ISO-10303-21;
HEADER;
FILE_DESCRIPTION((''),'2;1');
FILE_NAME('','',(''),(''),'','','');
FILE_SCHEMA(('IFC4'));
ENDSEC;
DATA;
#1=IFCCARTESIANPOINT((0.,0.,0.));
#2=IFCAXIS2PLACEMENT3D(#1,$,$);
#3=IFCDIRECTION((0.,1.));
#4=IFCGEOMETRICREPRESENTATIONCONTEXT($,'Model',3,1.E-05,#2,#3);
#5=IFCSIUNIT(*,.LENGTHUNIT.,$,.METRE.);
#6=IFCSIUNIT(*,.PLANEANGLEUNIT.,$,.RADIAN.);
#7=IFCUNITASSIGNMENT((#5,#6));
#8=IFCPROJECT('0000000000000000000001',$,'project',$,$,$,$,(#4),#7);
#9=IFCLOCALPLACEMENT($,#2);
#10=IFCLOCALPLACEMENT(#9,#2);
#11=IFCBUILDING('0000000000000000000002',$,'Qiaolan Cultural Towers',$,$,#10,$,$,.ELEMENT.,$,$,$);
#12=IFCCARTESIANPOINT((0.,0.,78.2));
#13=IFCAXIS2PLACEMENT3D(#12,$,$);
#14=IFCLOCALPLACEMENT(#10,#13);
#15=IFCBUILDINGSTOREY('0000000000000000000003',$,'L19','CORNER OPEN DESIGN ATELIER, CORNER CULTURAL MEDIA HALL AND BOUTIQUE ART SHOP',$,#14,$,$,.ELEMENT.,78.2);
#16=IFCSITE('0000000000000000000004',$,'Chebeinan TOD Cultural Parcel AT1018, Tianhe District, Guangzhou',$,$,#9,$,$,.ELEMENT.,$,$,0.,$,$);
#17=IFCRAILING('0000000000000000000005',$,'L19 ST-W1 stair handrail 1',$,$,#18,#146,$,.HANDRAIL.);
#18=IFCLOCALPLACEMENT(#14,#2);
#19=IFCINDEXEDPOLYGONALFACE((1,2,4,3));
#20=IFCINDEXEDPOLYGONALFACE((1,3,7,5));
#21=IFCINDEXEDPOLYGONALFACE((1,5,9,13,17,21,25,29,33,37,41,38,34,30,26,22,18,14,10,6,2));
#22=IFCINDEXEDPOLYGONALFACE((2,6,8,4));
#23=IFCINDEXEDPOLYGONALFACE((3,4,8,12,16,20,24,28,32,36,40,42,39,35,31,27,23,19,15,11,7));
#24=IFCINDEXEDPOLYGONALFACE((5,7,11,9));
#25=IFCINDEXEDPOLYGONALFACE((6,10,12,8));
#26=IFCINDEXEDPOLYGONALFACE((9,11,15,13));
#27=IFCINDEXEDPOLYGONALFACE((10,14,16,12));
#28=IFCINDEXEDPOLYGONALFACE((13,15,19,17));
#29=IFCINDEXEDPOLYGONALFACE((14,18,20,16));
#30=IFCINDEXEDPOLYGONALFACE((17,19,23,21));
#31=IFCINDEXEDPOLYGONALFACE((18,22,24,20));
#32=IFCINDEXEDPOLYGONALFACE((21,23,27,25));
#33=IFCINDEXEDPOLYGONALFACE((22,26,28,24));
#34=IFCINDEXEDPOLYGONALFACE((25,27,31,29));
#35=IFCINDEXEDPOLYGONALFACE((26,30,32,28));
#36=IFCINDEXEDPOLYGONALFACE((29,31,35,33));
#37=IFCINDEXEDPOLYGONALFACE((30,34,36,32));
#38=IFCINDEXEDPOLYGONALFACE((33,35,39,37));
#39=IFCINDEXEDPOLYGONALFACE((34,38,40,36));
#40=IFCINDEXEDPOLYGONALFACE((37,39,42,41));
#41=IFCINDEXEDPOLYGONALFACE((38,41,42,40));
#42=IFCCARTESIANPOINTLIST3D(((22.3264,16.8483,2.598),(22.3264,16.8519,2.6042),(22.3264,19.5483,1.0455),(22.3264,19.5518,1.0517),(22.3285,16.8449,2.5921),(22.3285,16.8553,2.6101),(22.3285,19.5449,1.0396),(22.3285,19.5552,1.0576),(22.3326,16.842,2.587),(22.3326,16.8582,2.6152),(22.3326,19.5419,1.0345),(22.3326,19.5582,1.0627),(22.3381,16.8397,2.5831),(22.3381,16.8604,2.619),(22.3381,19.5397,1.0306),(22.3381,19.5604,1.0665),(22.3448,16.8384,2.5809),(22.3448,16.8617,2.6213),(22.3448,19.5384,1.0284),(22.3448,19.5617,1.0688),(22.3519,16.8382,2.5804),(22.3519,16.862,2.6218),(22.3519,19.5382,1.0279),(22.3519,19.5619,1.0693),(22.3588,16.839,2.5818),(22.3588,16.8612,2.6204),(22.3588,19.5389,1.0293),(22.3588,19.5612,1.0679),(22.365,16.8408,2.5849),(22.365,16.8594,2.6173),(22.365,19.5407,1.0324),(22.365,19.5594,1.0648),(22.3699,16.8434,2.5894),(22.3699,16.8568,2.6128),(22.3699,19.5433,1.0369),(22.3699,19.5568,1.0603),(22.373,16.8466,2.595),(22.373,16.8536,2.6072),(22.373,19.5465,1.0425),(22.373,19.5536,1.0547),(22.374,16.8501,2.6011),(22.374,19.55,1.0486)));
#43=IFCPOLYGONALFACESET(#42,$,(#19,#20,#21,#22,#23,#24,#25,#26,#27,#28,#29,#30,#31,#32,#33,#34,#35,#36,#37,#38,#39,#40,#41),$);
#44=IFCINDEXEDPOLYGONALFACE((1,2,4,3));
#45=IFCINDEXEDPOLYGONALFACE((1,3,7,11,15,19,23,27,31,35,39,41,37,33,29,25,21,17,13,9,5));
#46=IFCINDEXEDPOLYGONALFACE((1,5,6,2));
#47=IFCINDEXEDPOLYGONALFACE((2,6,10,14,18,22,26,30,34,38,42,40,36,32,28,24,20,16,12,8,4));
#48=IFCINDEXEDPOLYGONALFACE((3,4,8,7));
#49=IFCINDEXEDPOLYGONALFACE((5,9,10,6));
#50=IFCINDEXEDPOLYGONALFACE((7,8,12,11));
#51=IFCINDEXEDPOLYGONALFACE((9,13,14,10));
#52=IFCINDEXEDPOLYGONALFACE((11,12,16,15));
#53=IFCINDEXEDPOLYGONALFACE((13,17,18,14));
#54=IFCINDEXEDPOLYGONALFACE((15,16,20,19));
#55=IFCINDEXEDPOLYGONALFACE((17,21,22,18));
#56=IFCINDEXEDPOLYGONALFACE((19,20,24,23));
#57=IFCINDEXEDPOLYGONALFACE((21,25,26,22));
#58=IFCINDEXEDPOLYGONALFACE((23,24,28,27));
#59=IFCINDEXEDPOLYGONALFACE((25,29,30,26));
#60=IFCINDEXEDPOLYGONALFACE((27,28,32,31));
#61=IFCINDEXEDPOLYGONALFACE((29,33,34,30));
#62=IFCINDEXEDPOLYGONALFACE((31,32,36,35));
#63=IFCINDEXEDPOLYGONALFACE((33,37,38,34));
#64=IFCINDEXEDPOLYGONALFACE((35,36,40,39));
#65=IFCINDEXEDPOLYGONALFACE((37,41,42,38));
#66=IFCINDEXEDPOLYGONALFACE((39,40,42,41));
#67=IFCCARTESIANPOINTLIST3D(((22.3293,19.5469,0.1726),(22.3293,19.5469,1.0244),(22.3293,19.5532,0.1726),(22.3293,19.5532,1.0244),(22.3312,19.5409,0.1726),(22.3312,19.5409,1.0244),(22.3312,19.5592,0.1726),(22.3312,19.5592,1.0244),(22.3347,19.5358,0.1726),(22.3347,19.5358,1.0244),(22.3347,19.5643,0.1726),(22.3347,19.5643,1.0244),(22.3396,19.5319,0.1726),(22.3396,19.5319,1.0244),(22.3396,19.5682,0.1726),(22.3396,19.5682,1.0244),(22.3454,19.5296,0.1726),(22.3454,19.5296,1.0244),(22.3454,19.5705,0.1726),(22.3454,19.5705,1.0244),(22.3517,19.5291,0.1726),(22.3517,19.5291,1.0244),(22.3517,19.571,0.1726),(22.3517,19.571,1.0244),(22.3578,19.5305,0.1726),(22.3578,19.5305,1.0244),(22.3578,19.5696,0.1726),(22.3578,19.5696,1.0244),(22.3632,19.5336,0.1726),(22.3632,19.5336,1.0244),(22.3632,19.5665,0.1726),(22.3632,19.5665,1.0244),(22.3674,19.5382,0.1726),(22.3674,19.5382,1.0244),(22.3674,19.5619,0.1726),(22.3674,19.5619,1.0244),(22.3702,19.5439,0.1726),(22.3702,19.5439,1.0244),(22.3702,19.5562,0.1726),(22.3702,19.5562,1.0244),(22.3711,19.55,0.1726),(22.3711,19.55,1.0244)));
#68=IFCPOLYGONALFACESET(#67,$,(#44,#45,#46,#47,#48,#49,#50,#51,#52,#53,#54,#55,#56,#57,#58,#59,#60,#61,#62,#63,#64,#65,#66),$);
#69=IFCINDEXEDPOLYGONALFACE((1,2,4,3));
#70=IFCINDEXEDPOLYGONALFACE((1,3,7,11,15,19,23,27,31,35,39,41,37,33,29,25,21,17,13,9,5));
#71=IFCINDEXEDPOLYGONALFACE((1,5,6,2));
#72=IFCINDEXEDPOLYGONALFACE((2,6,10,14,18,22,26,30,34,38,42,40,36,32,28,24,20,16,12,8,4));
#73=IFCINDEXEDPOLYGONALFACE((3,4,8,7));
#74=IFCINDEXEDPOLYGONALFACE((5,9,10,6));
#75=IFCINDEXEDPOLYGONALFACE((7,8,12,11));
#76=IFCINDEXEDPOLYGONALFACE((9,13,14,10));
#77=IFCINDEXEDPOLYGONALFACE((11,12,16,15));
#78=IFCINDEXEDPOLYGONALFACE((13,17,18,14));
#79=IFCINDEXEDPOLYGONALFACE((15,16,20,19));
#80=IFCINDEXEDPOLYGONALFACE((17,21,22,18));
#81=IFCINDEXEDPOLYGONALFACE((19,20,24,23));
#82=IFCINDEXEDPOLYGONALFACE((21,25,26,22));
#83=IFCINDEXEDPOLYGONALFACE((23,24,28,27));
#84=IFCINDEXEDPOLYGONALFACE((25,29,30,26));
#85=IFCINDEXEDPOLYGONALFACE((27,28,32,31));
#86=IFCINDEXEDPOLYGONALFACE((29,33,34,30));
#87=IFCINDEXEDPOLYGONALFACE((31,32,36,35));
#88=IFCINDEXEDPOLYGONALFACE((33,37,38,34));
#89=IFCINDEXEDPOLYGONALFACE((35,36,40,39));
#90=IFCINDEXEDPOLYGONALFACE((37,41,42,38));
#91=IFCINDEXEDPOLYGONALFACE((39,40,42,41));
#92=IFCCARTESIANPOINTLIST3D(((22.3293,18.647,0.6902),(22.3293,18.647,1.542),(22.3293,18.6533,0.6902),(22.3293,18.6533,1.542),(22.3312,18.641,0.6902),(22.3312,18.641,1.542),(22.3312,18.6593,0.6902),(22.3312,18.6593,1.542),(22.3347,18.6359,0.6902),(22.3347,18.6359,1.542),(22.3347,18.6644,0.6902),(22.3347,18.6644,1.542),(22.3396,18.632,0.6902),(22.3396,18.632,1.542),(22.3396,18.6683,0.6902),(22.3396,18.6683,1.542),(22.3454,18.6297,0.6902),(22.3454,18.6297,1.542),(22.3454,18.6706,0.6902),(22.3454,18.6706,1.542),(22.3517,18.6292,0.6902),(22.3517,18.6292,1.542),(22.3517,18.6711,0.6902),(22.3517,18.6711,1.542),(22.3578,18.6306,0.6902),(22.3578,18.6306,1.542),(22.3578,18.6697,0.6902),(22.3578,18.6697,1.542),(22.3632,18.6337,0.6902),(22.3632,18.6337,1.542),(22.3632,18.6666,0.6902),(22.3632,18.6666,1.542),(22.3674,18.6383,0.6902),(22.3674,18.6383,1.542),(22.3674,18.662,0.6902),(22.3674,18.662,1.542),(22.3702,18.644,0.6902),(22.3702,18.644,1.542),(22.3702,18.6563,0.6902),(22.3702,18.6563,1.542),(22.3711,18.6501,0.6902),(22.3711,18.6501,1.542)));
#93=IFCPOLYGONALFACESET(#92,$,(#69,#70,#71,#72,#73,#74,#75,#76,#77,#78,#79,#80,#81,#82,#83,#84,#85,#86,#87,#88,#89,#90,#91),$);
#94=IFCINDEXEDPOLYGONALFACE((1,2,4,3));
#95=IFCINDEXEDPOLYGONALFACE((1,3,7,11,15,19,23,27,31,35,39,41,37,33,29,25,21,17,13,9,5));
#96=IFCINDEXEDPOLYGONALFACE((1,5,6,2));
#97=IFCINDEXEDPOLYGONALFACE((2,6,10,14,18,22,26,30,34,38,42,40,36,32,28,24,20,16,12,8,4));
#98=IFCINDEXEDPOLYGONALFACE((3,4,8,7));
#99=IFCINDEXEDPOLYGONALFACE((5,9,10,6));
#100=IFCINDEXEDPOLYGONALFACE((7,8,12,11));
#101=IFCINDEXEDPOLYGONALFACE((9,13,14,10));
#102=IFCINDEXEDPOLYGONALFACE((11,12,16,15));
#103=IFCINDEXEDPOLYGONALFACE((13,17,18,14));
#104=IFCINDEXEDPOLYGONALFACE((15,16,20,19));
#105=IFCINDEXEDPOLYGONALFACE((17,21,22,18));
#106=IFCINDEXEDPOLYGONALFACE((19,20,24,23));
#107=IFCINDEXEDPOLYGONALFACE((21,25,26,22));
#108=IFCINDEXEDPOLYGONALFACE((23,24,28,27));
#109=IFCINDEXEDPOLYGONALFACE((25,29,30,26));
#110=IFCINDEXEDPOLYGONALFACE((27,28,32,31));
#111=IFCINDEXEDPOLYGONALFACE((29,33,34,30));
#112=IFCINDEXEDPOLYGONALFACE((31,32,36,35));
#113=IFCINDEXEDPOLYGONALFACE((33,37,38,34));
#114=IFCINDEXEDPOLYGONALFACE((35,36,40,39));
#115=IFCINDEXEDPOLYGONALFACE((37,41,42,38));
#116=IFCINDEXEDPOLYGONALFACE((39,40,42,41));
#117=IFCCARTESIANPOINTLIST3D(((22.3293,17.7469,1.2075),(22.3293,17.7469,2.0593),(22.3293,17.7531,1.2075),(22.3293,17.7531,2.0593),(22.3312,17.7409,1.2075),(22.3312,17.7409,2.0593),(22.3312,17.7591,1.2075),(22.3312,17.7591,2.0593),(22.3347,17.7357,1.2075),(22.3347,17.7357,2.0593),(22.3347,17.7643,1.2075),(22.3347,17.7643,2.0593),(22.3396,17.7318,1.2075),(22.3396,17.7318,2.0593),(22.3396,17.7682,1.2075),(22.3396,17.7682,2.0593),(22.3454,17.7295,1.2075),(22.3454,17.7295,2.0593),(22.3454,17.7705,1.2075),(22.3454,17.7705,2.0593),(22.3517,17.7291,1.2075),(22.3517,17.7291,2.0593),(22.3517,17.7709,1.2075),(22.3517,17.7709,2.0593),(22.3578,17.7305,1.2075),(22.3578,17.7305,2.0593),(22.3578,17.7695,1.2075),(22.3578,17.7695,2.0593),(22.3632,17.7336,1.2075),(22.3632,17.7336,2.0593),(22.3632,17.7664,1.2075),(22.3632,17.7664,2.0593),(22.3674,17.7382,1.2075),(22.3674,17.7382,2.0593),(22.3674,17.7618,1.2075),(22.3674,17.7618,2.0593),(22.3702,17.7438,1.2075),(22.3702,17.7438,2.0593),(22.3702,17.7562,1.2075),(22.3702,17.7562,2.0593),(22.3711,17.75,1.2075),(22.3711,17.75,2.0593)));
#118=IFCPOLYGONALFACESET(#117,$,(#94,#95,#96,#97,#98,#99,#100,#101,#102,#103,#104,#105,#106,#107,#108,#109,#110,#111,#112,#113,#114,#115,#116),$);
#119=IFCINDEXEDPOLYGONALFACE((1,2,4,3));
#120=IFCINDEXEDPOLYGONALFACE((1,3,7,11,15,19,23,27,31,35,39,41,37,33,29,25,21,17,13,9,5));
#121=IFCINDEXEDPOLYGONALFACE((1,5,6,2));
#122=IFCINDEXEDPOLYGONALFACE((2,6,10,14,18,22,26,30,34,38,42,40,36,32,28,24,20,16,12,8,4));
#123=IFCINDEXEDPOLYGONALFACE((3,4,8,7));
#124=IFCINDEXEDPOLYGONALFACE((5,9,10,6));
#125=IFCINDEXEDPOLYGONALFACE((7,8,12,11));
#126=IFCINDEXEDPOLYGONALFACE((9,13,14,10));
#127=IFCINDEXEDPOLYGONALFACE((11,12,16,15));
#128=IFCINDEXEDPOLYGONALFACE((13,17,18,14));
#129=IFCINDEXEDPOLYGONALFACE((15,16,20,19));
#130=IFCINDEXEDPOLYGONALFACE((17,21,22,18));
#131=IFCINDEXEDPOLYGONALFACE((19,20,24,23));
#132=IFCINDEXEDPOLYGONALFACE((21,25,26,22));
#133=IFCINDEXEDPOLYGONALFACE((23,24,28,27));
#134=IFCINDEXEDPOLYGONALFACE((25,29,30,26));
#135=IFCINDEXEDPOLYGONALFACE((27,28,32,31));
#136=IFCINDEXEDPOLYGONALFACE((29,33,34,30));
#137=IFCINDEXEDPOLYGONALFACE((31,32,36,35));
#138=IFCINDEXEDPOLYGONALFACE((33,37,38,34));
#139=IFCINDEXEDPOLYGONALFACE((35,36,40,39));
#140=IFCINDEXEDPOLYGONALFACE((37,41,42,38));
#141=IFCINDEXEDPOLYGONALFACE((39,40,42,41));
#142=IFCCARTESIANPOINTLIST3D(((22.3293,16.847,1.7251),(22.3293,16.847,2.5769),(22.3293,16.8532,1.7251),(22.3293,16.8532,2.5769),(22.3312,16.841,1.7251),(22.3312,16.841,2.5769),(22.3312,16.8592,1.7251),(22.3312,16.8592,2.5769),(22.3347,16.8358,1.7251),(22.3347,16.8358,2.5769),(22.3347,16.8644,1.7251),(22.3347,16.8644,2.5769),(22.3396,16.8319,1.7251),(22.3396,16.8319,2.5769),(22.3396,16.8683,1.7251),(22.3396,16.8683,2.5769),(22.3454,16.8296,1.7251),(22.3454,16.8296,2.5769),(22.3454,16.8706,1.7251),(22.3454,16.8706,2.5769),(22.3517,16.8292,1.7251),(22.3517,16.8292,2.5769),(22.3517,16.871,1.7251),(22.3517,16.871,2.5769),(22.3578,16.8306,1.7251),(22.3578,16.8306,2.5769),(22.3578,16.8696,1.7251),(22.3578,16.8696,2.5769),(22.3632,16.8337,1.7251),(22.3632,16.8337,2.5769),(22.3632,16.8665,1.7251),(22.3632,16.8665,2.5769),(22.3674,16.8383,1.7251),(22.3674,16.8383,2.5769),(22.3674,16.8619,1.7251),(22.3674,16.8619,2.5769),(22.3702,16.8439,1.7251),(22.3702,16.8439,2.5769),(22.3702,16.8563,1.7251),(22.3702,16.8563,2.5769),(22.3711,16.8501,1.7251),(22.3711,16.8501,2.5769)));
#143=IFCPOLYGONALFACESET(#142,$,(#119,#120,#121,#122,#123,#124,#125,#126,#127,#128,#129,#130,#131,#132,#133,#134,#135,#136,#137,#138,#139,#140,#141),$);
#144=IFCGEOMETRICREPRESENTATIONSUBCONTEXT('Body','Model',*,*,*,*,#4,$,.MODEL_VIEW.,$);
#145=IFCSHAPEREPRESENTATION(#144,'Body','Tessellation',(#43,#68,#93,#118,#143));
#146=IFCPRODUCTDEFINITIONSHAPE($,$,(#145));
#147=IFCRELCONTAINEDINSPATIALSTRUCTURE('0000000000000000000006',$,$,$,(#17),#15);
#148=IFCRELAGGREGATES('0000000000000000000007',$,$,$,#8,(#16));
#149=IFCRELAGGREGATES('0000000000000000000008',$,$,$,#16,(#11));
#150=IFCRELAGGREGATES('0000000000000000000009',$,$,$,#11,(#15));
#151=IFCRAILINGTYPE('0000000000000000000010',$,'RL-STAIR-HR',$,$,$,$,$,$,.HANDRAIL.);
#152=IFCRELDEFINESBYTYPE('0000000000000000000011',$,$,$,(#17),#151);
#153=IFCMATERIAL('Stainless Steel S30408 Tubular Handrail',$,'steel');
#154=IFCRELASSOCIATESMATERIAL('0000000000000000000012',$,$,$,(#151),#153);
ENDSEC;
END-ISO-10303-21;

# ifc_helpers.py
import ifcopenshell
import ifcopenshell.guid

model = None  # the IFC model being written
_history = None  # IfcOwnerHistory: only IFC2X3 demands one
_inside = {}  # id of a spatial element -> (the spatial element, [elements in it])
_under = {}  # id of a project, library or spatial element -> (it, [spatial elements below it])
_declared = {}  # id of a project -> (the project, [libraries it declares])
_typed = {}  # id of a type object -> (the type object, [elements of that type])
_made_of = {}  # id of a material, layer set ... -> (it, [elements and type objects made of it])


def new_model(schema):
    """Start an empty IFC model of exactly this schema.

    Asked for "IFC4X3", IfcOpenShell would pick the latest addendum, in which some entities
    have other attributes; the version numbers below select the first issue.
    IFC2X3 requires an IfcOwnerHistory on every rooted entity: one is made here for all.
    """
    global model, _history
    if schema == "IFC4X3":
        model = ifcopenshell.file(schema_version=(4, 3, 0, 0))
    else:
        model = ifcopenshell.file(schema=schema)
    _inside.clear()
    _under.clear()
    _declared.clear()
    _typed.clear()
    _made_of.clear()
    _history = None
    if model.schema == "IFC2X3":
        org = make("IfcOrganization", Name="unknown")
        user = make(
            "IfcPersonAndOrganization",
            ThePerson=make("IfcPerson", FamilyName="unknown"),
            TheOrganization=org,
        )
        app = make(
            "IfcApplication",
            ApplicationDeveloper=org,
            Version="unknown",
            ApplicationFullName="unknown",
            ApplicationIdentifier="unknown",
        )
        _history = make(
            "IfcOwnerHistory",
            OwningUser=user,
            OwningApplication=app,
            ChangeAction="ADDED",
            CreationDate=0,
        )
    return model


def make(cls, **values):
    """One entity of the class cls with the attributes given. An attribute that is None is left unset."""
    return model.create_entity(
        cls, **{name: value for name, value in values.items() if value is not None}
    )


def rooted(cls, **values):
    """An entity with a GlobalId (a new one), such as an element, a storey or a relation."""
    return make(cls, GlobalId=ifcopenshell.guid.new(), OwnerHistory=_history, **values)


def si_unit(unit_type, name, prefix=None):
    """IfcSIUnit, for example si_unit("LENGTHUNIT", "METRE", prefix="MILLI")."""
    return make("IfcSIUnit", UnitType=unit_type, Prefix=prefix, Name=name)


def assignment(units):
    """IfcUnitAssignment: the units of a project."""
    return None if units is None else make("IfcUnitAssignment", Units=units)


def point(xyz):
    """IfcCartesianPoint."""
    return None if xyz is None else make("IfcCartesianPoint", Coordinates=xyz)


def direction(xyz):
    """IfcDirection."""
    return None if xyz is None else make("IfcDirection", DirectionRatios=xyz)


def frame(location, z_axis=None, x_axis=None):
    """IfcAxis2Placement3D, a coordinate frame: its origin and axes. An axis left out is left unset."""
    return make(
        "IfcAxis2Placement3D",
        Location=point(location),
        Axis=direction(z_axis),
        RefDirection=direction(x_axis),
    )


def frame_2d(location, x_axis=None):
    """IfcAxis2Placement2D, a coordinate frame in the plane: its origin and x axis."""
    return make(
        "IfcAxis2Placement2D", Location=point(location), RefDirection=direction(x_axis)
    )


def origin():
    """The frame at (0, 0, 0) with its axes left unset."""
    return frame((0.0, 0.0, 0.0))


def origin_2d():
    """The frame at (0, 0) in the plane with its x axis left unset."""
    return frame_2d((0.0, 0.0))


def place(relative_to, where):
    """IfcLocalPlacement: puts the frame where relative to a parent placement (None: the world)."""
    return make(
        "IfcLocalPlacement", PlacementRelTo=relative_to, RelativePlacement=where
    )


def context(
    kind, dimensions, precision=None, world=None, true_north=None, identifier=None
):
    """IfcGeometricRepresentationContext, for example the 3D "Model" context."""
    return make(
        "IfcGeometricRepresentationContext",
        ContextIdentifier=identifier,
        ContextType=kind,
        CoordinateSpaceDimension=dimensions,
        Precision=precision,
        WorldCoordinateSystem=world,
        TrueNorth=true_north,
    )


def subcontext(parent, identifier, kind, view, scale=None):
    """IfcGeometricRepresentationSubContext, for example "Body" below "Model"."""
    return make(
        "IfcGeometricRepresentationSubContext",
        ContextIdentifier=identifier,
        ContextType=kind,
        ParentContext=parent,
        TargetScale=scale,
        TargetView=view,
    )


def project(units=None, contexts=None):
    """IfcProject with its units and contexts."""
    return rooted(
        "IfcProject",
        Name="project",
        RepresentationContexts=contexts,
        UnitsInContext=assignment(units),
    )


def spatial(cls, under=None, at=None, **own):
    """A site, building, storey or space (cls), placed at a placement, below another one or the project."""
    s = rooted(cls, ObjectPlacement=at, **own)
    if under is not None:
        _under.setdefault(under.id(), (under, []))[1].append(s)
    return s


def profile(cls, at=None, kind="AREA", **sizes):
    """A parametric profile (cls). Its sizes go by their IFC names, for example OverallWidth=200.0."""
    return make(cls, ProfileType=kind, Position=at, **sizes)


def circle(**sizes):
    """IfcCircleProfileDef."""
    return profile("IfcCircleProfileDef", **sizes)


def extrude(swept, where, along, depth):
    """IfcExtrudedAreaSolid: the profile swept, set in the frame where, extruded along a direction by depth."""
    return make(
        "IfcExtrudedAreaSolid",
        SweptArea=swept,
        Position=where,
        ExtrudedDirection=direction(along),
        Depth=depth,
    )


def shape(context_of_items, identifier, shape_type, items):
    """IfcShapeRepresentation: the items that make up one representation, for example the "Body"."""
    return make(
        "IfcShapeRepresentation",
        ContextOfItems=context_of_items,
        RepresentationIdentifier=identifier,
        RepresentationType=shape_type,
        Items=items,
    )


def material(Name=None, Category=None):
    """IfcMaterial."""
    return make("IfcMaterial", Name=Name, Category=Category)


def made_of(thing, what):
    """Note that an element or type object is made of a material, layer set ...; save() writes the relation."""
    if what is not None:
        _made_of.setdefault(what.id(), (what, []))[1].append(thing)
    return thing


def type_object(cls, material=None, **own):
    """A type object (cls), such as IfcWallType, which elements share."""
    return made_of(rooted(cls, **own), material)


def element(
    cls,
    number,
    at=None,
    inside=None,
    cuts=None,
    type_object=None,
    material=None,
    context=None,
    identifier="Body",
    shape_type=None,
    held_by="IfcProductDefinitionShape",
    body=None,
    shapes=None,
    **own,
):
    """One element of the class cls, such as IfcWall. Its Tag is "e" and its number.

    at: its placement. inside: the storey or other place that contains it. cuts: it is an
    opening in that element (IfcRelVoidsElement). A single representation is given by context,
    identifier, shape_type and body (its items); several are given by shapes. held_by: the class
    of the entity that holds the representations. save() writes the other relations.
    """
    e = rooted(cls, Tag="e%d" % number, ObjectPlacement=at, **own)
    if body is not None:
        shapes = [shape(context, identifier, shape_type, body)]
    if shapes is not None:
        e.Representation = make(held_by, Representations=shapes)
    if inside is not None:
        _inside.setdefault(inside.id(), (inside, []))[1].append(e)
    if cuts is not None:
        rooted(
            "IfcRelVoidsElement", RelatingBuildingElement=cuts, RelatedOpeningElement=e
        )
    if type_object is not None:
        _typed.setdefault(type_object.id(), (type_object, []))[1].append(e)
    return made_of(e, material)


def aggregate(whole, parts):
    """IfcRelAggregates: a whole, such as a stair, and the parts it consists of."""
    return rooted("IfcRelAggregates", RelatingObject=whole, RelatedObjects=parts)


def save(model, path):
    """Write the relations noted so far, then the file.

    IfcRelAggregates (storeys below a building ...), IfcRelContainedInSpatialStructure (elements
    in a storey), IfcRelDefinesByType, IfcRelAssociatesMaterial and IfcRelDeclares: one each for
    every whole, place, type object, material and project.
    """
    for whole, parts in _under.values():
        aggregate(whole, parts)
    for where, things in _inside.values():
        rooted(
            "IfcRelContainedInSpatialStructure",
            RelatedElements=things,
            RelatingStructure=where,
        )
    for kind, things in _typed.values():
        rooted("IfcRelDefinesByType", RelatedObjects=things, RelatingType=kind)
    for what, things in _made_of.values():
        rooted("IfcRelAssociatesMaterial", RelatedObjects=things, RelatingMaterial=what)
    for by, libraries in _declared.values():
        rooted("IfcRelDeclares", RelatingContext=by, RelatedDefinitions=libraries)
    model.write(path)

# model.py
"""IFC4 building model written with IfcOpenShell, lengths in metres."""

from ifc_helpers import new_model, si_unit, direction, frame, origin, origin_2d, place, context, subcontext, project, spatial, circle, extrude, material, type_object, element, save


model = new_model("IFC4")

# Units and contexts
model_context = context("Model", 3, precision=1e-05, world=origin(), true_north=direction((0.0, 1.0)))
body_context = subcontext(model_context, "Body", "Model", "MODEL_VIEW")
ifc_project = project(units=[si_unit("LENGTHUNIT", "METRE"), si_unit("PLANEANGLEUNIT", "RADIAN")], contexts=[model_context])

# Site, building, storey
site_placement = place(None, origin())
site = spatial("IfcSite", under=ifc_project, at=site_placement, Name="Chebeinan TOD Cultural Parcel AT1018, Tianhe District, Guangzhou", CompositionType="ELEMENT", RefElevation=0.0)
building_placement = place(site_placement, origin())
building = spatial("IfcBuilding", under=site, at=building_placement, Name="Qiaolan Cultural Towers", CompositionType="ELEMENT")
storey_placement = place(building_placement, frame((0.0, 0.0, 78.2)))
storey = spatial("IfcBuildingStorey", under=building, at=storey_placement, Name="L19", Description="CORNER OPEN DESIGN ATELIER, CORNER CULTURAL MEDIA HALL AND BOUTIQUE ART SHOP", CompositionType="ELEMENT", Elevation=78.2)

# Railing
ifc_material_1 = material(Name="Stainless Steel S30408 Tubular Handrail", Category="steel")
railing_type_1 = type_object("IfcRailingType", Name="RL-STAIR-HR", PredefinedType="HANDRAIL", material=ifc_material_1)
railing_1_placement = place(storey_placement, frame((22.3501, 19.55, 0.1726)))
element("IfcRailing", 1, at=railing_1_placement, inside=storey, type_object=railing_type_1, Name="L19 ST-W1 stair handrail 1", PredefinedType="HANDRAIL", context=body_context, shape_type="SweptSolid", body=[
    extrude(circle(Radius=0.0239, at=origin_2d()), frame((0.0, 0.0, 0.876), z_axis=(0.0, -0.866904, 0.498476), x_axis=(1.0, 0.0, 0.0)), (0.0, 0.0, 1.0), 3.1145),
    extrude(circle(Radius=0.021, at=origin_2d()), origin(), (0.0, 0.0, 1.0), 0.8518),
    extrude(circle(Radius=0.021, at=origin_2d()), frame((0.0, -0.8999, 0.5176)), (0.0, 0.0, 1.0), 0.8518),
    extrude(circle(Radius=0.021, at=origin_2d()), frame((0.0, -1.8, 1.0349)), (0.0, 0.0, 1.0), 0.8518),
    extrude(circle(Radius=0.021, at=origin_2d()), frame((0.0, -2.7, 1.5525)), (0.0, 0.0, 1.0), 0.8518),
])

save(model, "model.ifc")
